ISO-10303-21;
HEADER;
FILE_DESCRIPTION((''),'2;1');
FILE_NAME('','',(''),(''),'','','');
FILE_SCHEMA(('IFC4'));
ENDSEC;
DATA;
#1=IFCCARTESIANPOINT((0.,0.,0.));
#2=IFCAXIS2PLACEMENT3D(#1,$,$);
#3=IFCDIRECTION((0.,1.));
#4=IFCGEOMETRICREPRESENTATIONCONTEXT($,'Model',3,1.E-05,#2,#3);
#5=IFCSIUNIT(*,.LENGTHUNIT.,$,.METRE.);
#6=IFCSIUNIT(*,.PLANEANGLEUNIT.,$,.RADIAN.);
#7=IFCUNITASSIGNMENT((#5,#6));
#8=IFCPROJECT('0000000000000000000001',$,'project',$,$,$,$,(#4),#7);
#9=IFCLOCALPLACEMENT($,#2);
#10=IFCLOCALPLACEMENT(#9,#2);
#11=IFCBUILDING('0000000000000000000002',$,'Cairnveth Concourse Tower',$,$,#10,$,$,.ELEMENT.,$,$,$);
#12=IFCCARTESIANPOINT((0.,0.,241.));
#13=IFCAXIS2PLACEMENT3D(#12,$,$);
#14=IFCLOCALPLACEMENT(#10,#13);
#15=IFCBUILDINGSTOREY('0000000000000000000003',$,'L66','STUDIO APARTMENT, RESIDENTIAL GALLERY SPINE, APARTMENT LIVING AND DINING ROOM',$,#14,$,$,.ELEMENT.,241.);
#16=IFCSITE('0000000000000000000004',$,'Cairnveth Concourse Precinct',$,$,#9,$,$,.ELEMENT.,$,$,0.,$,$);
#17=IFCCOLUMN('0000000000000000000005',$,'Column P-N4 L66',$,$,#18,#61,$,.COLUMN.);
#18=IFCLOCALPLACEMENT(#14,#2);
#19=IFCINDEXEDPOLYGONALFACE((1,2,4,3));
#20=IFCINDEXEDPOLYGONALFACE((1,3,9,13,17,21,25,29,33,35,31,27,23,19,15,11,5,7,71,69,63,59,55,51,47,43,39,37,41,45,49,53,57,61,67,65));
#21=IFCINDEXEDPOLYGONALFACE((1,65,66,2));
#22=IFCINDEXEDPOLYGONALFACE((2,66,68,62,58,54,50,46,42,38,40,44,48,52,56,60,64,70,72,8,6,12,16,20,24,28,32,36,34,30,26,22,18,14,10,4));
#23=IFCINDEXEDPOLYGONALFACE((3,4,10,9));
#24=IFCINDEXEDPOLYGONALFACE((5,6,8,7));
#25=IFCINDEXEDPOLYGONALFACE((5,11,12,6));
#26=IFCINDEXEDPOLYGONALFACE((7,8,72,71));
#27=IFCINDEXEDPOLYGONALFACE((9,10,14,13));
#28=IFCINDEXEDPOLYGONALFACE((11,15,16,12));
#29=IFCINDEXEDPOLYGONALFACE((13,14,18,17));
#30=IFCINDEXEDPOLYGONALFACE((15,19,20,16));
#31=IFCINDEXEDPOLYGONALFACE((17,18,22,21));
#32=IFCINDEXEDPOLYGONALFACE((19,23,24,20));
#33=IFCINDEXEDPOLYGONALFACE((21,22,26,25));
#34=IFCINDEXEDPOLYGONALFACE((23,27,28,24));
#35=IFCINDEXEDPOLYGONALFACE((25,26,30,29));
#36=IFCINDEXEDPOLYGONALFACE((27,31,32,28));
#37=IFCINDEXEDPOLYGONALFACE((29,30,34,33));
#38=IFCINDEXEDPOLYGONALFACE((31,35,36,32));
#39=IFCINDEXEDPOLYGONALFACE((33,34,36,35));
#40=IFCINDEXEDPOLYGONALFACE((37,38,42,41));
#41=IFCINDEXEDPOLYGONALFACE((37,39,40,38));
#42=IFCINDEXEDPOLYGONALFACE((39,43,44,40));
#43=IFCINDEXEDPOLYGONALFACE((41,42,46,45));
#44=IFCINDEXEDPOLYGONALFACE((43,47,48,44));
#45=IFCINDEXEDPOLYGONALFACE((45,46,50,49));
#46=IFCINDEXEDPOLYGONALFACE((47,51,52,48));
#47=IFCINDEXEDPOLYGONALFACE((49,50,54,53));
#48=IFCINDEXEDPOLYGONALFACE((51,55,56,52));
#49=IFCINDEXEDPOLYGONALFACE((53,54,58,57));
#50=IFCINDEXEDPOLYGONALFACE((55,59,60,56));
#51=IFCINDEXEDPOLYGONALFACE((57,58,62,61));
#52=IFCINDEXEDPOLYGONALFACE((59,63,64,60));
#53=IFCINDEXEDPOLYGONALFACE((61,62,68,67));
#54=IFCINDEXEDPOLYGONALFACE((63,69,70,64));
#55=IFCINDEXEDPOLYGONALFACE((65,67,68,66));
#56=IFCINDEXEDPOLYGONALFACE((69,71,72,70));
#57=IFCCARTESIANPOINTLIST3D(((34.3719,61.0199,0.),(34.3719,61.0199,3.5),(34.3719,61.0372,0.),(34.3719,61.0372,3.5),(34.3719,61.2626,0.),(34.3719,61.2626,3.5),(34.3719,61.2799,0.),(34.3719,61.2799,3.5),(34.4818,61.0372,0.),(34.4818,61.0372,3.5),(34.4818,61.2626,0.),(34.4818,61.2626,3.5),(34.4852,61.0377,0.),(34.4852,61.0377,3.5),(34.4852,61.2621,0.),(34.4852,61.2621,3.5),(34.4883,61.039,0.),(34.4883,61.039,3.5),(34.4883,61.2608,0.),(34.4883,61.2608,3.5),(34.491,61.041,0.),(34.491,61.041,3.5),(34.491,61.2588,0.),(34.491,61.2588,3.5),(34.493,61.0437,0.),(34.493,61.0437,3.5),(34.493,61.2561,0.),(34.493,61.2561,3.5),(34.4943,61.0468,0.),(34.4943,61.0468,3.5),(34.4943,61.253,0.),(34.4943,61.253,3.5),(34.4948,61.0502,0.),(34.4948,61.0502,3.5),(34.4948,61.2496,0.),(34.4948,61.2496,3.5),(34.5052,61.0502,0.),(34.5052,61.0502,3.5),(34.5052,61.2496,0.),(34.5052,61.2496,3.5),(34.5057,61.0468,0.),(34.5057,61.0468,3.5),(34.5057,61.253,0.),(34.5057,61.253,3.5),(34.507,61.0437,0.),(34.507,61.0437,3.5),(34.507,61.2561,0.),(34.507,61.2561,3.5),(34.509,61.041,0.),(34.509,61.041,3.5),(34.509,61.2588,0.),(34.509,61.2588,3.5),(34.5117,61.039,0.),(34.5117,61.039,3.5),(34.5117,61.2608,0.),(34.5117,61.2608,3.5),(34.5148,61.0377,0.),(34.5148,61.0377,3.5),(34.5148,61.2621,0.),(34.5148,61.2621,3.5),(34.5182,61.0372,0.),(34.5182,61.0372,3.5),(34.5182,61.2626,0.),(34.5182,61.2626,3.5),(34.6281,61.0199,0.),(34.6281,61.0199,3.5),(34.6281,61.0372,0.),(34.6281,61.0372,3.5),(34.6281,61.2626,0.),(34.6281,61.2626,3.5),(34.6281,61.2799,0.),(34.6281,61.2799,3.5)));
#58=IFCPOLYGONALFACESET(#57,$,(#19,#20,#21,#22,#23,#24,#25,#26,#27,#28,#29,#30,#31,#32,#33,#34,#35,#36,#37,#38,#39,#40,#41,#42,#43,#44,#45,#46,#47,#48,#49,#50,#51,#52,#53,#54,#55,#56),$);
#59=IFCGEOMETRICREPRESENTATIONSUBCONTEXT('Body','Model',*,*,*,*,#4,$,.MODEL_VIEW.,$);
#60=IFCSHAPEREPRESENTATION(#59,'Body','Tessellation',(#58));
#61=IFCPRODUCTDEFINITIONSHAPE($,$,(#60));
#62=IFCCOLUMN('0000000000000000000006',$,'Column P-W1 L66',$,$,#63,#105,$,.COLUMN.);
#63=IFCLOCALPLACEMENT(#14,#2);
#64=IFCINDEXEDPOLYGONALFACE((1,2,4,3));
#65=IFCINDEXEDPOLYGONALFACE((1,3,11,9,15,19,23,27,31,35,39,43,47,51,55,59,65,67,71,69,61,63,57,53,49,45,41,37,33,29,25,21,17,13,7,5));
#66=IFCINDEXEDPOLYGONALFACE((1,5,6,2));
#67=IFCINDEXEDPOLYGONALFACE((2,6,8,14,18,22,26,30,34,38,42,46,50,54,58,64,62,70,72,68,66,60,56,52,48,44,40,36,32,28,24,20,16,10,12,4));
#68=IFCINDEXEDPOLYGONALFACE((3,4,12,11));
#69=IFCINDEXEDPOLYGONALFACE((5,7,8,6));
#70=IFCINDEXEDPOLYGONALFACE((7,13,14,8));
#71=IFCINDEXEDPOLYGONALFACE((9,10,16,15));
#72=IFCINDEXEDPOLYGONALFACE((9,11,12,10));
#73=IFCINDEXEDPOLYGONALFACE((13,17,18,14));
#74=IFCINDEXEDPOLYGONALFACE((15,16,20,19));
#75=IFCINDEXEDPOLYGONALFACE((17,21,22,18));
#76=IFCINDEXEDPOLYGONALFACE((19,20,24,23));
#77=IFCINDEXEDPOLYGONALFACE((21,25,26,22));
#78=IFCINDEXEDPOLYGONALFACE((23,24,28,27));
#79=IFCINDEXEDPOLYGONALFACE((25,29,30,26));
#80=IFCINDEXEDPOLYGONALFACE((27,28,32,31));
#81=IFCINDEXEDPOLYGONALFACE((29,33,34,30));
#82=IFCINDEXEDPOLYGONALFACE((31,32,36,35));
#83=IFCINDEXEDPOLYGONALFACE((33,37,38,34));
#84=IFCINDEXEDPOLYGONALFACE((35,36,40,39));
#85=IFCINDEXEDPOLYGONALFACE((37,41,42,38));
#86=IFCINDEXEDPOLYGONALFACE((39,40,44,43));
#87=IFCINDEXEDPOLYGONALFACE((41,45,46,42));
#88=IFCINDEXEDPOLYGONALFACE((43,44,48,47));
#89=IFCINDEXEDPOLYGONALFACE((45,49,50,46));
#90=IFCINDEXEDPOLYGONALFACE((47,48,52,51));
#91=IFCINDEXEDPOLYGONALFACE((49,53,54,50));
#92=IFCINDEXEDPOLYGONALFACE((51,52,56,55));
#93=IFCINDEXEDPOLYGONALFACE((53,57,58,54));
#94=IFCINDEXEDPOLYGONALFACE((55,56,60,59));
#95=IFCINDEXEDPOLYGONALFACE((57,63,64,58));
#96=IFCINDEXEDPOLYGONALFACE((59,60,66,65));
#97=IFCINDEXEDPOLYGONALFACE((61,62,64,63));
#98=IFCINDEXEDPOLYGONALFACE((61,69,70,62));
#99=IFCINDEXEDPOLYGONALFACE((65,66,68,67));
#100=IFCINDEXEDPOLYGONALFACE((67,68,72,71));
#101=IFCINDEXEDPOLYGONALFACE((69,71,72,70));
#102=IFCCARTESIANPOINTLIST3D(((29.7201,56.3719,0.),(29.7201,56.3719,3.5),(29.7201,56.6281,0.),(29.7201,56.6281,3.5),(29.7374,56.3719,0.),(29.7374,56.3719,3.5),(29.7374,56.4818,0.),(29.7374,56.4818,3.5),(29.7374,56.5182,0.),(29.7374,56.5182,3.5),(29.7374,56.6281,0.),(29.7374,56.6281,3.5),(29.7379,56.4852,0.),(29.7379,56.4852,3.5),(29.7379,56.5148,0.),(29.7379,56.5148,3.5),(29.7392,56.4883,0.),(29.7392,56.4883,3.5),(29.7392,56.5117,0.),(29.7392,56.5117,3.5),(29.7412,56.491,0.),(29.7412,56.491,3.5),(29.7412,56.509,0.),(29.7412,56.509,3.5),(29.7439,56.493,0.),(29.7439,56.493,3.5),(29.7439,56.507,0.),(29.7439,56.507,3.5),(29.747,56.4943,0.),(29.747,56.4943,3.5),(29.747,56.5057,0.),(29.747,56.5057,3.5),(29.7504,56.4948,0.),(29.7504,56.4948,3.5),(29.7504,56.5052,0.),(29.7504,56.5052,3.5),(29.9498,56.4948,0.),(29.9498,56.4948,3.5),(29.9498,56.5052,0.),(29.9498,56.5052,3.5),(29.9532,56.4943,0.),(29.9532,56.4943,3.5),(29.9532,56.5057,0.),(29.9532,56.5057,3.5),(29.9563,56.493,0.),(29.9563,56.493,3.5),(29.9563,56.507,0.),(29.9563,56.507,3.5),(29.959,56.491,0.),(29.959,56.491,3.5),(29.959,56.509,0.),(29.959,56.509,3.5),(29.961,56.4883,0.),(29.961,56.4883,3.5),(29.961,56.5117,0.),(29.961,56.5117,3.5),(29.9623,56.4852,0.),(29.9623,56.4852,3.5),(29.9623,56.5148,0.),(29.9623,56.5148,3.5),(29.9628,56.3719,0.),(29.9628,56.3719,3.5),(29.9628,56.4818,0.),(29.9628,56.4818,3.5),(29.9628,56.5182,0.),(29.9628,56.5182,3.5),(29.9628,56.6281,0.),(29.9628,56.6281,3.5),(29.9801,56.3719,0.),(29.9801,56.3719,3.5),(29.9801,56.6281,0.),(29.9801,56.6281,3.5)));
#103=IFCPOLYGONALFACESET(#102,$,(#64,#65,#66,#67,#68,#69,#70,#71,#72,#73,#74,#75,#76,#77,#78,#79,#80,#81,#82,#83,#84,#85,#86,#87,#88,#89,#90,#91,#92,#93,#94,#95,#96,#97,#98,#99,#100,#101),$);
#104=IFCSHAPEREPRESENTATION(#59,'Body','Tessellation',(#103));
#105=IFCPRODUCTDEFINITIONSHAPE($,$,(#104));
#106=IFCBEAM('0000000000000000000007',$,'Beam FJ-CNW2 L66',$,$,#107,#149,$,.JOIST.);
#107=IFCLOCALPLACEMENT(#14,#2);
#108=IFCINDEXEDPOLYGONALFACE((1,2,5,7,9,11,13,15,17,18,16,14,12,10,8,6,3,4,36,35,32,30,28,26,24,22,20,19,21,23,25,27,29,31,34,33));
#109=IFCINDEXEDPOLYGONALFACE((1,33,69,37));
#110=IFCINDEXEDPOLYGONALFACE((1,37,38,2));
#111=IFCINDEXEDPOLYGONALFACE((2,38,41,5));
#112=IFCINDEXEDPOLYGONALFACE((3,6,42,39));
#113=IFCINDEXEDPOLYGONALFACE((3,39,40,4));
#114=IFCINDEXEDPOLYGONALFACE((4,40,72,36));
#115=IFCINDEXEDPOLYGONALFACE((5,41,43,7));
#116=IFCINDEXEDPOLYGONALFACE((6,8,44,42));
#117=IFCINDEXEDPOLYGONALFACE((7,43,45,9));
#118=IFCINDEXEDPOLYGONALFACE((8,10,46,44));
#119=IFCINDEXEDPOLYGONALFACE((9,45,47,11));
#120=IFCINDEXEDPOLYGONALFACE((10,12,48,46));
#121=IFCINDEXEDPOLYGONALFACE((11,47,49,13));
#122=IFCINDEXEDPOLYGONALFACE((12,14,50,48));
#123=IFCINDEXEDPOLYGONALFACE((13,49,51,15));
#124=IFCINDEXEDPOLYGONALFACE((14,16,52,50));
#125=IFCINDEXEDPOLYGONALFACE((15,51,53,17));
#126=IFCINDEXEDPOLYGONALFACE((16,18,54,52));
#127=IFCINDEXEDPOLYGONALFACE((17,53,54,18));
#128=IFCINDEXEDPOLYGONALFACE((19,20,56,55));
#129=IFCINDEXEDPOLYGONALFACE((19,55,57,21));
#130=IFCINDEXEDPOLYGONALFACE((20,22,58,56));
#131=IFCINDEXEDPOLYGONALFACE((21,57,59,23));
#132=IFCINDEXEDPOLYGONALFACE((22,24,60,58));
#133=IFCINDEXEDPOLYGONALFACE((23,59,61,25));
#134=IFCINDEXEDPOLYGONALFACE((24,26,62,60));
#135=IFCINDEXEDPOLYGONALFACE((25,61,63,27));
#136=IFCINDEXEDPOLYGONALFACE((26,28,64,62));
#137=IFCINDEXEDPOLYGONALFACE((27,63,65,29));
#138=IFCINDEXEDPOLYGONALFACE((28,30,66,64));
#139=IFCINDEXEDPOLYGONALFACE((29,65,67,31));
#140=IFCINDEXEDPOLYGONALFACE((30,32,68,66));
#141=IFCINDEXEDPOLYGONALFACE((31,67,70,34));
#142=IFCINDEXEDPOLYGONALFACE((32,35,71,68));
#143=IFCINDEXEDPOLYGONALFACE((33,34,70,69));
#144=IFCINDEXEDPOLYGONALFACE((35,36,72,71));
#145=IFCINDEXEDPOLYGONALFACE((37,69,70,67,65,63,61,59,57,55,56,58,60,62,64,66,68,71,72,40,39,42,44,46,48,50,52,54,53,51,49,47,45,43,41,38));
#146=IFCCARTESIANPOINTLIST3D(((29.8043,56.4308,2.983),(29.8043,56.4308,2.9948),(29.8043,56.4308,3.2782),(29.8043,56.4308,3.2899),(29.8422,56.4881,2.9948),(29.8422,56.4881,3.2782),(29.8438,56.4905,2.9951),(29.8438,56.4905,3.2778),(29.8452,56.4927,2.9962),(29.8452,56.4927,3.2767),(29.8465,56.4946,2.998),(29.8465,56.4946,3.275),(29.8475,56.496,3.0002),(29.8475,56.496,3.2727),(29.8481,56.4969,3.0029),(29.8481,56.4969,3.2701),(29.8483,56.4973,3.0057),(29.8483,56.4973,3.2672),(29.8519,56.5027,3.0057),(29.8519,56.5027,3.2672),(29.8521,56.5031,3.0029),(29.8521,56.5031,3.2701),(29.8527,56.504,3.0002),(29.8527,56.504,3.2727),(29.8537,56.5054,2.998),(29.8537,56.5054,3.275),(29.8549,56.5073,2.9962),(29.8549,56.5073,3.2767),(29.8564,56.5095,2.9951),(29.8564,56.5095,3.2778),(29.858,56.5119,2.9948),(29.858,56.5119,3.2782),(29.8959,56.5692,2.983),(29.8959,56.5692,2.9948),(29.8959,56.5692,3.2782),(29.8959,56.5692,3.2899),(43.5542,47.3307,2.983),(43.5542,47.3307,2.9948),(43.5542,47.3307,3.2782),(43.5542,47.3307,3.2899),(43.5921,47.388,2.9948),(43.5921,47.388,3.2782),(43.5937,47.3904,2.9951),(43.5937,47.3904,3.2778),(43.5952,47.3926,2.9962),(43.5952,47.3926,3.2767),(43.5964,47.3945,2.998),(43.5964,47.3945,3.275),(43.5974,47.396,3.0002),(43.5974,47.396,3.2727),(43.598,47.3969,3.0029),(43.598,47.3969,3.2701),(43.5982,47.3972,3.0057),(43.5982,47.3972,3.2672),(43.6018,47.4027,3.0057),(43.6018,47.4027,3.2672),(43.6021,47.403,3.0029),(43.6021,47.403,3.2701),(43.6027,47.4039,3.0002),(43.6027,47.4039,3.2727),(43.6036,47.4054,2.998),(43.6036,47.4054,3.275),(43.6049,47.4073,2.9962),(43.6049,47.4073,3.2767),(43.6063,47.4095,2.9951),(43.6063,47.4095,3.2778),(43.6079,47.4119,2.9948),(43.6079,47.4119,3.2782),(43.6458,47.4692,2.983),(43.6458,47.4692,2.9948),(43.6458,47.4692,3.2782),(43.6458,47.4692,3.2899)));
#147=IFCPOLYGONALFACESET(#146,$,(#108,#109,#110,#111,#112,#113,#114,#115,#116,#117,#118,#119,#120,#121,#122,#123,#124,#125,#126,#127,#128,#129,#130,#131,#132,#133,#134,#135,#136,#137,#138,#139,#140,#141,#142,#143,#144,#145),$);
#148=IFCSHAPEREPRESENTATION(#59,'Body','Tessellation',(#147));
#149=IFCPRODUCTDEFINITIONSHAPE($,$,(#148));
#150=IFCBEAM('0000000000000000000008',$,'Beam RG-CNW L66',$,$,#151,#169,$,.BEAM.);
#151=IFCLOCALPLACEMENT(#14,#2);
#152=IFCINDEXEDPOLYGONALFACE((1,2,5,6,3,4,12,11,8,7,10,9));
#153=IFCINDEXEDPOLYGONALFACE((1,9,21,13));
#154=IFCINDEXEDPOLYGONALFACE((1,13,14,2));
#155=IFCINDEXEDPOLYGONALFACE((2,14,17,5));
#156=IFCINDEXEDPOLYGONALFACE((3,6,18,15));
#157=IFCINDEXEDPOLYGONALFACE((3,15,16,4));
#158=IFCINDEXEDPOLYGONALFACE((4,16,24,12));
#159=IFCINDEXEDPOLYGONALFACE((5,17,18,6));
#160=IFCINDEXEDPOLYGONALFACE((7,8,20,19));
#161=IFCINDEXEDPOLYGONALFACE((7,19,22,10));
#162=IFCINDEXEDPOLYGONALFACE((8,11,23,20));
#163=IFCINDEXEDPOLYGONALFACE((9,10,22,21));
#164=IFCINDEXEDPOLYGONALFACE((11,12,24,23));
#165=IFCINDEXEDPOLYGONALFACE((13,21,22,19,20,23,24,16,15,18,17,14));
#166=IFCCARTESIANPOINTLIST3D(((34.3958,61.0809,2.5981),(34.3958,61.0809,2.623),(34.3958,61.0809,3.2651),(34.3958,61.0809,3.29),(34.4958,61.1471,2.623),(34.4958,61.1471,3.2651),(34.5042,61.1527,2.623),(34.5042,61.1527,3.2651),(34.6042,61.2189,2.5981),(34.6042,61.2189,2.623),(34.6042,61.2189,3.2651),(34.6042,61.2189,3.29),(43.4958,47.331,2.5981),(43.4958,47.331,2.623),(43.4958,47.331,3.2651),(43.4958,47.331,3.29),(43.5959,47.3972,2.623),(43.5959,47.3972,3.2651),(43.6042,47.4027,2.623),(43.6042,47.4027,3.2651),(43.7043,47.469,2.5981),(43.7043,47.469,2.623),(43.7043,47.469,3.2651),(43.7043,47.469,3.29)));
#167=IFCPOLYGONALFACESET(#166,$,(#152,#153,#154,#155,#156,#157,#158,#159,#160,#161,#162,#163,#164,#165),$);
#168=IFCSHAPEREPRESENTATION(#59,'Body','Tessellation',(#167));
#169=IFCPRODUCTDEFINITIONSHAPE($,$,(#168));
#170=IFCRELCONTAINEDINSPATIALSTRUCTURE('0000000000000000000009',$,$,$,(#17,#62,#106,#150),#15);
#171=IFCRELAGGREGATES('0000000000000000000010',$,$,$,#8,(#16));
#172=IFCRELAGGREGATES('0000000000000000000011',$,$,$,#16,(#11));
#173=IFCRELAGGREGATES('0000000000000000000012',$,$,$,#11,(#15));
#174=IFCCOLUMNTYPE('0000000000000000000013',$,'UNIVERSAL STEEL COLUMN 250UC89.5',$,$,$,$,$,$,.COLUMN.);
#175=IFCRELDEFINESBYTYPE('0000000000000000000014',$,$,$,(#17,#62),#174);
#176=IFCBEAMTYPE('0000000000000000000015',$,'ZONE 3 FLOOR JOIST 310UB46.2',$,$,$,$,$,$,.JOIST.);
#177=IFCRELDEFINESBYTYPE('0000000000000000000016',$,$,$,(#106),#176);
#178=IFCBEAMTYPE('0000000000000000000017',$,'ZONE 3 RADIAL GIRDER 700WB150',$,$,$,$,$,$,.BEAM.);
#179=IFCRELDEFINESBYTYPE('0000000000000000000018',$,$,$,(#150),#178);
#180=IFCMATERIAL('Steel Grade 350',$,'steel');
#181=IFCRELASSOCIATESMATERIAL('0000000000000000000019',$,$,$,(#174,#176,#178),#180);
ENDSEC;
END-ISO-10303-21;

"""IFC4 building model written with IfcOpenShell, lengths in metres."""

from ifc_helpers import new_model, si_unit, direction, frame, origin, origin_2d, place, context, subcontext, project, spatial, i_section, extrude, material, material_profile, profile_set, type_object, element, save


model = new_model("IFC4")

# Units and contexts
model_context = context("Model", 3, precision=1e-05, world=origin(), true_north=direction((0.0, 1.0)))
body_context = subcontext(model_context, "Body", "Model", "MODEL_VIEW")
ifc_project = project(units=[si_unit("LENGTHUNIT", "METRE"), si_unit("PLANEANGLEUNIT", "RADIAN")], contexts=[model_context])

# Site, building, storey
site_placement = place(None, origin())
site = spatial("IfcSite", under=ifc_project, at=site_placement, Name="Cairnveth Concourse Precinct", CompositionType="ELEMENT", RefElevation=0.0)
building_placement = place(site_placement, origin())
building = spatial("IfcBuilding", under=site, at=building_placement, Name="Cairnveth Concourse Tower", CompositionType="ELEMENT")
storey_placement = place(building_placement, frame((0.0, 0.0, 241.0)))
storey = spatial("IfcBuildingStorey", under=building, at=storey_placement, Name="L66", Description="STUDIO APARTMENT, RESIDENTIAL GALLERY SPINE, APARTMENT LIVING AND DINING ROOM", CompositionType="ELEMENT", Elevation=241.0)

# Columns
ifc_material_1 = material(Name="Steel Grade 350", Category="steel")
ifc_material_profile_1 = material_profile(ifc_material_1, i_section(OverallWidth=0.2561, OverallDepth=0.26, WebThickness=0.0105, FlangeThickness=0.0173, FilletRadius=0.0129, at=origin_2d()), Name="250UC89.5")
ifc_profile_set_1 = profile_set([ifc_material_profile_1], Name="Steel Grade 350")
column_type = type_object("IfcColumnType", Name="UNIVERSAL STEEL COLUMN 250UC89.5", PredefinedType="COLUMN", material=ifc_profile_set_1)
for number, where, z_axis, x_axis, name in (
    (1, (34.5, 61.1499, 0.0), (0.0, 0.0, 1.0), (1.0, 0.0, 0.0), "Column P-N4 L66"),
    (2, (29.8501, 56.5, 0.0), (0.0, 0.0, 1.0), (0.0, 1.0, 0.0), "Column P-W1 L66"),
):
    element("IfcColumn", number, at=place(storey_placement, frame(where, z_axis=z_axis, x_axis=x_axis)), inside=storey, type_object=column_type, Name=name, PredefinedType="COLUMN", context=body_context, shape_type="SweptSolid", body=[
        extrude(i_section(OverallWidth=0.2561, OverallDepth=0.26, WebThickness=0.0105, FlangeThickness=0.0173, FilletRadius=0.0129, at=origin_2d()), origin(), (0.0, 0.0, 1.0), 3.5),
    ])

# Beams
ifc_material_profile_2 = material_profile(ifc_material_1, i_section(OverallWidth=0.166, OverallDepth=0.3069, WebThickness=0.0066, FlangeThickness=0.0117, FilletRadius=0.011, at=origin_2d()), Name="310UB46.2")
ifc_profile_set_2 = profile_set([ifc_material_profile_2], Name="Steel Grade 350")
beam_type_1 = type_object("IfcBeamType", Name="ZONE 3 FLOOR JOIST 310UB46.2", PredefinedType="JOIST", material=ifc_profile_set_2)
beam_1_placement = place(storey_placement, frame((29.8501, 56.5, 3.1365), z_axis=(0.833909, -0.551902, 0.0), x_axis=(0.551902, 0.833909, 0.0)))
element("IfcBeam", 3, at=beam_1_placement, inside=storey, type_object=beam_type_1, Name="Beam FJ-CNW2 L66", PredefinedType="JOIST", context=body_context, shape_type="SweptSolid", body=[
    extrude(i_section(OverallWidth=0.166, OverallDepth=0.3069, WebThickness=0.0066, FlangeThickness=0.0117, FilletRadius=0.011, at=origin_2d()), origin(), (0.0, 0.0, 1.0), 16.4885),
])
ifc_material_profile_3 = material_profile(ifc_material_1, i_section(OverallWidth=0.25, OverallDepth=0.6919, WebThickness=0.01, FlangeThickness=0.0249, at=origin_2d()), Name="700WB150")
ifc_profile_set_3 = profile_set([ifc_material_profile_3], Name="Steel Grade 350")
beam_type_2 = type_object("IfcBeamType", Name="ZONE 3 RADIAL GIRDER 700WB150", PredefinedType="BEAM", material=ifc_profile_set_3)
beam_2_placement = place(storey_placement, frame((34.5, 61.1499, 2.9441), z_axis=(0.551902, -0.833909, 0.0), x_axis=(0.833909, 0.551902, 0.0)))
element("IfcBeam", 4, at=beam_2_placement, inside=storey, type_object=beam_type_2, Name="Beam RG-CNW L66", PredefinedType="BEAM", context=body_context, shape_type="SweptSolid", body=[
    extrude(i_section(OverallWidth=0.25, OverallDepth=0.6919, WebThickness=0.01, FlangeThickness=0.0249, at=origin_2d()), origin(), (0.0, 0.0, 1.0), 16.4885),
])

save(model, "model.ifc")
